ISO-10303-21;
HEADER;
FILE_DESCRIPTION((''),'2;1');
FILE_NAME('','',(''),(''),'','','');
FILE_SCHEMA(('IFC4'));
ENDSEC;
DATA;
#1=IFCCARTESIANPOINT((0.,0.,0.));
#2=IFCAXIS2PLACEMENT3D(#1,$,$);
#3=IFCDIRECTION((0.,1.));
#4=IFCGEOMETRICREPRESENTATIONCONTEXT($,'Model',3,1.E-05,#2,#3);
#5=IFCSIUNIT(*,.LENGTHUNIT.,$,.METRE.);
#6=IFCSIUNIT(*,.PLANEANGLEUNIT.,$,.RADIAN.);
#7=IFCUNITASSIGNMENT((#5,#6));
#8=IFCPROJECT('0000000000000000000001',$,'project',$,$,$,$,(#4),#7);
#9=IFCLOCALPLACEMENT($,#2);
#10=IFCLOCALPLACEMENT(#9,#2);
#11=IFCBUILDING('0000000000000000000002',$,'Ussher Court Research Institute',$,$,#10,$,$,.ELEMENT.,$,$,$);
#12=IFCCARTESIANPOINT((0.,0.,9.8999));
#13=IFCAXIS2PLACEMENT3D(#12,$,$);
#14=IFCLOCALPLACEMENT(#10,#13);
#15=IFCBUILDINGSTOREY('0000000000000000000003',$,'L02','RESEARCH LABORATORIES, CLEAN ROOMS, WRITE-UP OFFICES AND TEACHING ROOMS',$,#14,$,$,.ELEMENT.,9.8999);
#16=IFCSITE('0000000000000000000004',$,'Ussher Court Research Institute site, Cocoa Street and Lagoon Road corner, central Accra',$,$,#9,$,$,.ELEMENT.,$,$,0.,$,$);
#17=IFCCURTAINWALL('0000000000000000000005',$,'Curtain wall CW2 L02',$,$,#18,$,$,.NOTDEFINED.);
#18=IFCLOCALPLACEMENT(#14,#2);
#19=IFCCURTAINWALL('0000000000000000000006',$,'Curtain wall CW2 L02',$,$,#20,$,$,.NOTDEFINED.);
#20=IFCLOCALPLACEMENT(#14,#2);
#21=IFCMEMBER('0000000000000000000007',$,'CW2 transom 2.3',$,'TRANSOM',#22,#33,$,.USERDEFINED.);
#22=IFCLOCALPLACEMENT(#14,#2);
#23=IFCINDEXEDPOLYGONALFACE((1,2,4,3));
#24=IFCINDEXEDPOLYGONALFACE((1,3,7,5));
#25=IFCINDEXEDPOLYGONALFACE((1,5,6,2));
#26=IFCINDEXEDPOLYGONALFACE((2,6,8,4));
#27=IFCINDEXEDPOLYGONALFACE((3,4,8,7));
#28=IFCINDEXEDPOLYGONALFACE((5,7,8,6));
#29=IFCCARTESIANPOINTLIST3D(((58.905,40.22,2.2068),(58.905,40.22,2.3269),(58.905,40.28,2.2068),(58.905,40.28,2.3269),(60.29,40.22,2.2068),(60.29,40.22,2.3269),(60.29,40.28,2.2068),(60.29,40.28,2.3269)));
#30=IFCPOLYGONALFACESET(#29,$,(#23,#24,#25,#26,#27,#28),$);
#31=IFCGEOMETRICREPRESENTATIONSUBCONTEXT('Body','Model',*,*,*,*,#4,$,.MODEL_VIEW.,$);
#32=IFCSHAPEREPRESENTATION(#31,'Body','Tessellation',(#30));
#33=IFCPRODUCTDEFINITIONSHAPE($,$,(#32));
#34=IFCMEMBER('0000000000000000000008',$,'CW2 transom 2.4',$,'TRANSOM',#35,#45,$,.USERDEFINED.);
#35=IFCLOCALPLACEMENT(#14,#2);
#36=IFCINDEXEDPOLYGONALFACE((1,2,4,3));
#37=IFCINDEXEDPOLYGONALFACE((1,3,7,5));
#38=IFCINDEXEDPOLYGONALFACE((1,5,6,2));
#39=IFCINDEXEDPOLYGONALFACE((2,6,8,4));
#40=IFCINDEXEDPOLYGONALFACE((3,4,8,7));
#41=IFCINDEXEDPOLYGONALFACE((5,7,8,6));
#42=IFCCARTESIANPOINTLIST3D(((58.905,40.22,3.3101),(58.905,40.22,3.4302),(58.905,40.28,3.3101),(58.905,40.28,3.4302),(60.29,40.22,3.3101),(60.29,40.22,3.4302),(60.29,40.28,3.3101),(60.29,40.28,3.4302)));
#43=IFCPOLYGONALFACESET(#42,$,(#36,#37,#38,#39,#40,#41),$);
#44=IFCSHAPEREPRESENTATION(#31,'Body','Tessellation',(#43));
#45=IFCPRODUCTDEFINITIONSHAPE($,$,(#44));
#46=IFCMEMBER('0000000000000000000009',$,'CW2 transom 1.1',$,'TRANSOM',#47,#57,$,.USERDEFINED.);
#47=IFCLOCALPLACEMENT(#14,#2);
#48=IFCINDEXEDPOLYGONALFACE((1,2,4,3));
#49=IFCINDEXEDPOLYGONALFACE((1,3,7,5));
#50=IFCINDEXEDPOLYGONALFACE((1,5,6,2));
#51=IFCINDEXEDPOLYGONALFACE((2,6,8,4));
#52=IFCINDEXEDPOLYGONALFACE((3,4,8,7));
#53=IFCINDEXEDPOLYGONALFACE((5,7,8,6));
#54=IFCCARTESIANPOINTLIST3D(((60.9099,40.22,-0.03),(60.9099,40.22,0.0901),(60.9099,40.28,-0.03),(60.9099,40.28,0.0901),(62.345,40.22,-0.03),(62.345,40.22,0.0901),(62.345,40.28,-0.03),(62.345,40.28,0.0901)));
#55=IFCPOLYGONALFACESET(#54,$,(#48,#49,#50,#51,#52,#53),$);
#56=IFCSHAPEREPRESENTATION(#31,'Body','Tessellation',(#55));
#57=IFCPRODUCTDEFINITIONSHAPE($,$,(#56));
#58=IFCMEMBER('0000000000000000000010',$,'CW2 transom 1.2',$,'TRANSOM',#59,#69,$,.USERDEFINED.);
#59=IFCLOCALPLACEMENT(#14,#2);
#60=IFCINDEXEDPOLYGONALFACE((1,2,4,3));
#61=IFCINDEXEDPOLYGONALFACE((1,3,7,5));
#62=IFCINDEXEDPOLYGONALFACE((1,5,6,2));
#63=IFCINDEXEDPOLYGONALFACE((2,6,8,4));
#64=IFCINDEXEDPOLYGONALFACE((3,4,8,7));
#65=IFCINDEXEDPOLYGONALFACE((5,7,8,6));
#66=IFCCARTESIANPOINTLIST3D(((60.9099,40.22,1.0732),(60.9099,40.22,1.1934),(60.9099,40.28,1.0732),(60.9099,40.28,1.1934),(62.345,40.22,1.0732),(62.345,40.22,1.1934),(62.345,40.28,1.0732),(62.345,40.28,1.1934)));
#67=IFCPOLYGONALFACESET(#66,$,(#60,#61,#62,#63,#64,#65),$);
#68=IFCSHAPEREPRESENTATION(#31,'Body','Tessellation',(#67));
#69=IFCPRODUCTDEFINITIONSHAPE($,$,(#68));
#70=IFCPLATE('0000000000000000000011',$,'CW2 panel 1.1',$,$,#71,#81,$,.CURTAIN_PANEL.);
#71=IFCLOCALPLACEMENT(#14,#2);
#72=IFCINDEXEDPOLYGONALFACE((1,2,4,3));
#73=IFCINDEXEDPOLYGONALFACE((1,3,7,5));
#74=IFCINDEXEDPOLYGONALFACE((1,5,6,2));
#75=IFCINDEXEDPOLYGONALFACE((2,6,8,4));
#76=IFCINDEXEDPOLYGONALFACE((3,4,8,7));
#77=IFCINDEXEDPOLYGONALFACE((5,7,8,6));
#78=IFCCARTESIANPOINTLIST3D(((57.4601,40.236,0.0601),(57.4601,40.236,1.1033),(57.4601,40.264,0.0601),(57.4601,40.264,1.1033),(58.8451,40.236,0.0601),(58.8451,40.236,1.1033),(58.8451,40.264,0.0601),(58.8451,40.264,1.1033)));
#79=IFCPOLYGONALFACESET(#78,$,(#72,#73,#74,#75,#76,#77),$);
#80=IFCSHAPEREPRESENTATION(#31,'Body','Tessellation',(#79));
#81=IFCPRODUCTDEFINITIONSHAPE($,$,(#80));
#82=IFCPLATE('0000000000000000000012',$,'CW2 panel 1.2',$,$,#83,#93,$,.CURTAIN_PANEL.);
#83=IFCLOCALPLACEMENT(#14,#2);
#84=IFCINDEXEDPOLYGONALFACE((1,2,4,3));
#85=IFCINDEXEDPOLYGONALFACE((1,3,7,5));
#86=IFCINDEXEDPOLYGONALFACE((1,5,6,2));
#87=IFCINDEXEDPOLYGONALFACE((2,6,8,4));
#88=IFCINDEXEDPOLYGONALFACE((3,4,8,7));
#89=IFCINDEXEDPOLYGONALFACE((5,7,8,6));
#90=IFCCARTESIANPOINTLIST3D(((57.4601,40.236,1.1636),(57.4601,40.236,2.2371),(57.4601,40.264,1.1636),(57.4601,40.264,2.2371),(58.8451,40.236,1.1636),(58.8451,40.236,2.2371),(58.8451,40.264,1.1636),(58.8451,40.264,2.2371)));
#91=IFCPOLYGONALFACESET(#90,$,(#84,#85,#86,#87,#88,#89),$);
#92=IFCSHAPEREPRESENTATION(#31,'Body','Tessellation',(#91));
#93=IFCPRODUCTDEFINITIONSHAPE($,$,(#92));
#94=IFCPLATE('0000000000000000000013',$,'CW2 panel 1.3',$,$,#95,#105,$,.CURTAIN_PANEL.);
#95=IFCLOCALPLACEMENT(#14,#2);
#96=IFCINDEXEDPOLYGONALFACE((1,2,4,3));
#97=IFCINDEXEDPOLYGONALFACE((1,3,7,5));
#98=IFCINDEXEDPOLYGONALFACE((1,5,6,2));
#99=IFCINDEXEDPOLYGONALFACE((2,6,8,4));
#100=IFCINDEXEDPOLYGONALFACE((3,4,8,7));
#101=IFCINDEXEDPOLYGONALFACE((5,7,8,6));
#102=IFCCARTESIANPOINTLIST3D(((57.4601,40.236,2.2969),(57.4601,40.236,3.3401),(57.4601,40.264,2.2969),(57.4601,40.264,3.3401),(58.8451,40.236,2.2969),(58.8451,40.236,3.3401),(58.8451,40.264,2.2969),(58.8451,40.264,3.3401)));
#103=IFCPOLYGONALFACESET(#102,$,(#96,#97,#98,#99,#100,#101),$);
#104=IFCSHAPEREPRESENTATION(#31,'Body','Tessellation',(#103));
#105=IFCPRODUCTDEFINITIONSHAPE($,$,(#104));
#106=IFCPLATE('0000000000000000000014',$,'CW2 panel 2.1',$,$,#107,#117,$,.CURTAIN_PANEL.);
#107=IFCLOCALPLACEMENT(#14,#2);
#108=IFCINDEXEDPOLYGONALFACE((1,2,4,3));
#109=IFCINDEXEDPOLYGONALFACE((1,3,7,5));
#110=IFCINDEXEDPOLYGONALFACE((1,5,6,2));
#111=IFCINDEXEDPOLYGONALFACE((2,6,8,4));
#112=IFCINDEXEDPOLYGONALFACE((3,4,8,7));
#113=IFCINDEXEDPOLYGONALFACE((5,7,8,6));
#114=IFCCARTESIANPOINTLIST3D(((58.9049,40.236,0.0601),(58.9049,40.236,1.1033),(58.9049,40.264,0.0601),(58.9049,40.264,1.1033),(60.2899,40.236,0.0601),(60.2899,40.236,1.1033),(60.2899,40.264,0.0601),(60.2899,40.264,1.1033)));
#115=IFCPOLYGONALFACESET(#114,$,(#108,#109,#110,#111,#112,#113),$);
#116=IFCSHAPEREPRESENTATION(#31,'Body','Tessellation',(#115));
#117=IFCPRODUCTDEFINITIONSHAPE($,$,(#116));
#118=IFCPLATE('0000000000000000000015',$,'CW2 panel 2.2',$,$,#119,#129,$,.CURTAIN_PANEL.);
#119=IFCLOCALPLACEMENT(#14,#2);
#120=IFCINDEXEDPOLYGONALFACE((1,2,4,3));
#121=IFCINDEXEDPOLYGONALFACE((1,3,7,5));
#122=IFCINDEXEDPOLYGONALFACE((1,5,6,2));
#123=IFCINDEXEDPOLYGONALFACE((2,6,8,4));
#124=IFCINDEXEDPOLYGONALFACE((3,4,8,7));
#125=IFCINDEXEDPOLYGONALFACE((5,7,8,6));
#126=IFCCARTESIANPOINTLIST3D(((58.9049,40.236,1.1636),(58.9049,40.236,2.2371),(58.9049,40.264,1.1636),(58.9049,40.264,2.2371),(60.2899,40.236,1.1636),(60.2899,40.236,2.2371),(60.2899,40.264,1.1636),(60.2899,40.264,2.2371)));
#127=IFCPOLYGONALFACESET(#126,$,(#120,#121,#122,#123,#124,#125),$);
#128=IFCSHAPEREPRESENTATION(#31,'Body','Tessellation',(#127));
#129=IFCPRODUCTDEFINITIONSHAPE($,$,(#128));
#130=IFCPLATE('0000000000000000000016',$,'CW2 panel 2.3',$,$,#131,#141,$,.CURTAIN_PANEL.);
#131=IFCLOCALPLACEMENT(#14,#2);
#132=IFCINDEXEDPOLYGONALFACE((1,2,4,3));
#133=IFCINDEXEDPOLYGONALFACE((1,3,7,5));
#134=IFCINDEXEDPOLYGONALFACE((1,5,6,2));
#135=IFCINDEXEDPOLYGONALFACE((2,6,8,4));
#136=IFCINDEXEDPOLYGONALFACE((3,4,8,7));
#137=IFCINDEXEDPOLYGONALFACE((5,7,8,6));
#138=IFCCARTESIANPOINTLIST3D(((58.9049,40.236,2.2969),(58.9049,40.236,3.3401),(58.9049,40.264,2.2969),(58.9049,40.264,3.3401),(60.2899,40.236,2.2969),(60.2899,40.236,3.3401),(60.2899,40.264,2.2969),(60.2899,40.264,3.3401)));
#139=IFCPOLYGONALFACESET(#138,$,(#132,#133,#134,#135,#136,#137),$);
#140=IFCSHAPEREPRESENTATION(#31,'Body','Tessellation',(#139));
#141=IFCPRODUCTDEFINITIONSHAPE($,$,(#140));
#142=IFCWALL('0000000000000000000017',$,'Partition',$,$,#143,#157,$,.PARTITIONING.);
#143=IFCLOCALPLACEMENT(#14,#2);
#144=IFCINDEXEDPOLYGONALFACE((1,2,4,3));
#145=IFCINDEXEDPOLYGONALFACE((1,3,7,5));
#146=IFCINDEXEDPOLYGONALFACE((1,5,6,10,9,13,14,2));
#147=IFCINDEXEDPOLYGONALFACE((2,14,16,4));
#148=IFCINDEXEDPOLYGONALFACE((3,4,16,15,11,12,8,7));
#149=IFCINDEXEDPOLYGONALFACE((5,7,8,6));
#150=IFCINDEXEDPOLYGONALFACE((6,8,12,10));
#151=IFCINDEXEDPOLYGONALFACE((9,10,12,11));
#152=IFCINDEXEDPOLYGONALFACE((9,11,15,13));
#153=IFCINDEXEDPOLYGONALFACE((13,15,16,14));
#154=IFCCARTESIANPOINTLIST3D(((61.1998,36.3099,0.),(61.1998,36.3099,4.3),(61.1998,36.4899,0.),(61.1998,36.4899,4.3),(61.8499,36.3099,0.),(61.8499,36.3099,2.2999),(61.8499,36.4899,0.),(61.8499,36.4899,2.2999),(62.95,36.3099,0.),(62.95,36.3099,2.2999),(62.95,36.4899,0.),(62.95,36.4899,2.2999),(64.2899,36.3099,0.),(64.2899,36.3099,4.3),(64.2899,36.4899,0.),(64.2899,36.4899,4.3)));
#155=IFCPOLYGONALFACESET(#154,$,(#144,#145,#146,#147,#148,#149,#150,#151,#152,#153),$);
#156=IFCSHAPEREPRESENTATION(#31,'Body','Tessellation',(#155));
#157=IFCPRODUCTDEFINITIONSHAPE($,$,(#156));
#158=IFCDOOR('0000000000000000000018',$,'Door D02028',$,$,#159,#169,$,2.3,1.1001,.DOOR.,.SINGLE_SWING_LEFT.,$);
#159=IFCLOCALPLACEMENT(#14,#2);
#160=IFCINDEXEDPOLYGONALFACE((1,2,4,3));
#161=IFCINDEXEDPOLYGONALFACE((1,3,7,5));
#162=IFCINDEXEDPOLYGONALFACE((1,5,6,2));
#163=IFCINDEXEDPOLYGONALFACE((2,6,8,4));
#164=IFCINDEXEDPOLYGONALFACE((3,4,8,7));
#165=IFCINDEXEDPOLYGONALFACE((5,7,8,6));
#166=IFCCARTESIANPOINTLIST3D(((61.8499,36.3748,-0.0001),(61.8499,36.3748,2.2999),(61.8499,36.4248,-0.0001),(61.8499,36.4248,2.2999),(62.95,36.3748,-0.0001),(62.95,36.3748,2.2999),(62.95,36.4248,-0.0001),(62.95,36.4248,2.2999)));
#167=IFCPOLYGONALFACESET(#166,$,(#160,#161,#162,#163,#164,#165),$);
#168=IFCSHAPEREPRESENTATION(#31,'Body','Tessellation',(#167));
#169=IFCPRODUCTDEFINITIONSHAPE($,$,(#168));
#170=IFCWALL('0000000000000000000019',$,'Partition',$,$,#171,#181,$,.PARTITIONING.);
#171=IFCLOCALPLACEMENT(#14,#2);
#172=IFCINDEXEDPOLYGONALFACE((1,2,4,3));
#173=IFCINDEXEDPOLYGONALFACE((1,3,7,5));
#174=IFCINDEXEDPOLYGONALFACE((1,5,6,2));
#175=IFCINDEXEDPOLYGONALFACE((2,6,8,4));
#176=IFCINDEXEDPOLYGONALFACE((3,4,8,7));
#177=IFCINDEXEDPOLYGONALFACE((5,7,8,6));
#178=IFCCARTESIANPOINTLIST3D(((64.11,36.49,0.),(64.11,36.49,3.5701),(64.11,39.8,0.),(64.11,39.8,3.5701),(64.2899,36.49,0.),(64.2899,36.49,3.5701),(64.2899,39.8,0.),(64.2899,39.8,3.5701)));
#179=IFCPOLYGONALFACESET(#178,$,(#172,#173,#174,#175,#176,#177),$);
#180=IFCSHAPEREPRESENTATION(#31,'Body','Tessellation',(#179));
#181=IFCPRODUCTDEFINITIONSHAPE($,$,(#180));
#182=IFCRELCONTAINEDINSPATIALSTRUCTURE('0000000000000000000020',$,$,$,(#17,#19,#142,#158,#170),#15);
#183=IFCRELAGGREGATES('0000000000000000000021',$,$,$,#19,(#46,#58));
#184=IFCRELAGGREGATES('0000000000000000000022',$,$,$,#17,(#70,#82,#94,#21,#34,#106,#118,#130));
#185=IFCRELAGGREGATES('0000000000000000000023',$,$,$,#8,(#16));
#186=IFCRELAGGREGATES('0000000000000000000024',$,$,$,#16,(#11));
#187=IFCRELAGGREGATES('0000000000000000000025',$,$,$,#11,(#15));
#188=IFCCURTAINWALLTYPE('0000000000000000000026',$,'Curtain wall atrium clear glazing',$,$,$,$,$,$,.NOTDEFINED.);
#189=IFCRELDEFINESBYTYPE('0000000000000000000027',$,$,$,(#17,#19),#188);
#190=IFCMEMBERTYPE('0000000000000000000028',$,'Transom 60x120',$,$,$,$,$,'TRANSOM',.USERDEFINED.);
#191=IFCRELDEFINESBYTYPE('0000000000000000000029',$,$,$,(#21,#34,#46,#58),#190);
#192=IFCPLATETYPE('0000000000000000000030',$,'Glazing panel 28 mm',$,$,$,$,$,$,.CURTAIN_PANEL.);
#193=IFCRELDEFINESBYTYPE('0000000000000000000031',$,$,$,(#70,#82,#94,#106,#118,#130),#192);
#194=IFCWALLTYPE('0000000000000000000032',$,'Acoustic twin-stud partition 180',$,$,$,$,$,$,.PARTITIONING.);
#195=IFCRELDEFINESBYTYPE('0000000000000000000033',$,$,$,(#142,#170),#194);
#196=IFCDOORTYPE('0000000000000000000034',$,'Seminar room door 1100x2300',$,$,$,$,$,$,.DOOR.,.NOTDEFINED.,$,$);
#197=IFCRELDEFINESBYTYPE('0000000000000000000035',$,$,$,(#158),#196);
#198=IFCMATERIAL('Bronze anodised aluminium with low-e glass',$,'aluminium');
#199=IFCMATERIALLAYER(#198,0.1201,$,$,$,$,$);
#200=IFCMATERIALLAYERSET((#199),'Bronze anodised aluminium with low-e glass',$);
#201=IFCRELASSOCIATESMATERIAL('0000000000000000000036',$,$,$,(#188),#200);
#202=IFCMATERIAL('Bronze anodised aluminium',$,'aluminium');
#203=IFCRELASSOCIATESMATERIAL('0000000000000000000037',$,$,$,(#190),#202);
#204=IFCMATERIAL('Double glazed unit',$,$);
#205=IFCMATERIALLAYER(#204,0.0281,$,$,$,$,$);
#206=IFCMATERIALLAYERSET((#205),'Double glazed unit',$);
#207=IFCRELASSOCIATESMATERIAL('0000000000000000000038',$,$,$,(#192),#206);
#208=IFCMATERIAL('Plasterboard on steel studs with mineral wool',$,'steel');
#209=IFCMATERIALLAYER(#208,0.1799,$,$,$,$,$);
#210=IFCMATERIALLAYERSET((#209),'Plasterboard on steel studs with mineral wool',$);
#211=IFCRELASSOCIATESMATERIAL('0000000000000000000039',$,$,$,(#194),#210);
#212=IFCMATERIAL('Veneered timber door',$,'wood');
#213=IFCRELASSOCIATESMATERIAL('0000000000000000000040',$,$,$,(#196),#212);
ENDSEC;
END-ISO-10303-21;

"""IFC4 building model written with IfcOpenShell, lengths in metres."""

from ifc_helpers import new_model, si_unit, direction, frame, frame_2d, origin, origin_2d, place, context, subcontext, project, spatial, rectangle, extrude, material, layer, layer_set, material_profile, profile_set, type_object, element, fill, aggregate, save


model = new_model("IFC4")

# Units and contexts
model_context = context("Model", 3, precision=1e-05, world=origin(), true_north=direction((0.0, 1.0)))
body_context = subcontext(model_context, "Body", "Model", "MODEL_VIEW")
ifc_project = project(units=[si_unit("LENGTHUNIT", "METRE"), si_unit("PLANEANGLEUNIT", "RADIAN")], contexts=[model_context])

# Site, building, storey
site_placement = place(None, origin())
site = spatial("IfcSite", under=ifc_project, at=site_placement, Name="Ussher Court Research Institute site, Cocoa Street and Lagoon Road corner, central Accra", CompositionType="ELEMENT", RefElevation=0.0)
building_placement = place(site_placement, origin())
building = spatial("IfcBuilding", under=site, at=building_placement, Name="Ussher Court Research Institute", CompositionType="ELEMENT")
storey_placement = place(building_placement, frame((0.0, 0.0, 9.8999)))
storey = spatial("IfcBuildingStorey", under=building, at=storey_placement, Name="L02", Description="RESEARCH LABORATORIES, CLEAN ROOMS, WRITE-UP OFFICES AND TEACHING ROOMS", CompositionType="ELEMENT", Elevation=9.8999)

# Curtain wall
ifc_material_1 = material(Name="Bronze anodised aluminium with low-e glass", Category="aluminium")
ifc_layer_1 = layer(ifc_material_1, 0.1201)
ifc_layer_set_1 = layer_set([ifc_layer_1], Name="Bronze anodised aluminium with low-e glass")
curtain_wall_type = type_object("IfcCurtainWallType", Name="Curtain wall atrium clear glazing", PredefinedType="NOTDEFINED", material=ifc_layer_set_1)
curtain_wall_1_placement = place(storey_placement, origin())
curtain_wall_1 = element("IfcCurtainWall", 1, at=curtain_wall_1_placement, inside=storey, type_object=curtain_wall_type, Name="Curtain wall CW2 L02", PredefinedType="NOTDEFINED")

# Curtain wall
curtain_wall_2_placement = place(storey_placement, origin())
curtain_wall_2 = element("IfcCurtainWall", 2, at=curtain_wall_2_placement, inside=storey, type_object=curtain_wall_type, Name="Curtain wall CW2 L02", PredefinedType="NOTDEFINED")

# Members
ifc_material_2 = material(Name="Bronze anodised aluminium", Category="aluminium")
ifc_material_profile_1 = material_profile(ifc_material_2, rectangle(XDim=0.0601, YDim=0.1201, at=origin_2d()), Name="Transom 60x120")
ifc_profile_set_1 = profile_set([ifc_material_profile_1], Name="Bronze anodised aluminium")
member_type_1 = type_object("IfcMemberType", Name="Transom 60x120", ElementType="TRANSOM", PredefinedType="USERDEFINED", material=ifc_profile_set_1)
member_1_placement = place(storey_placement, frame((58.905, 40.25, 2.2668), z_axis=(1.0, 0.0, 0.0), x_axis=(0.0, 1.0, 0.0)))
member_1 = element("IfcMember", 3, at=member_1_placement, type_object=member_type_1, Name="CW2 transom 2.3", ObjectType="TRANSOM", PredefinedType="USERDEFINED", context=body_context, shape_type="SweptSolid", body=[
    extrude(rectangle(XDim=0.0601, YDim=0.1201, at=origin_2d()), origin(), (0.0, 0.0, 1.0), 1.385),
])
member_2_placement = place(storey_placement, frame((58.905, 40.25, 3.3701), z_axis=(1.0, 0.0, 0.0), x_axis=(0.0, 1.0, 0.0)))
member_2 = element("IfcMember", 4, at=member_2_placement, type_object=member_type_1, Name="CW2 transom 2.4", ObjectType="TRANSOM", PredefinedType="USERDEFINED", context=body_context, shape_type="SweptSolid", body=[
    extrude(rectangle(XDim=0.0601, YDim=0.1201, at=origin_2d()), origin(), (0.0, 0.0, 1.0), 1.385),
])
member_3_placement = place(storey_placement, frame((60.9099, 40.25, 0.03), z_axis=(1.0, 0.0, 0.0), x_axis=(0.0, 1.0, 0.0)))
member_3 = element("IfcMember", 5, at=member_3_placement, type_object=member_type_1, Name="CW2 transom 1.1", ObjectType="TRANSOM", PredefinedType="USERDEFINED", context=body_context, shape_type="SweptSolid", body=[
    extrude(rectangle(XDim=0.0601, YDim=0.1201, at=origin_2d()), origin(), (0.0, 0.0, 1.0), 1.4351),
])
member_4_placement = place(storey_placement, frame((60.9099, 40.25, 1.1333), z_axis=(1.0, 0.0, 0.0), x_axis=(0.0, 1.0, 0.0)))
member_4 = element("IfcMember", 6, at=member_4_placement, type_object=member_type_1, Name="CW2 transom 1.2", ObjectType="TRANSOM", PredefinedType="USERDEFINED", context=body_context, shape_type="SweptSolid", body=[
    extrude(rectangle(XDim=0.0601, YDim=0.1201, at=origin_2d()), origin(), (0.0, 0.0, 1.0), 1.4351),
])
aggregate(curtain_wall_2, [member_3, member_4])

# Plates
ifc_material_3 = material(Name="Double glazed unit")
ifc_layer_2 = layer(ifc_material_3, 0.0281)
ifc_layer_set_2 = layer_set([ifc_layer_2], Name="Double glazed unit")
plate_type = type_object("IfcPlateType", Name="Glazing panel 28 mm", PredefinedType="CURTAIN_PANEL", material=ifc_layer_set_2)
plate_1_placement = place(storey_placement, frame((58.1526, 40.25, 0.0601), z_axis=(0.0, 0.0, 1.0), x_axis=(1.0, 0.0, 0.0)))
plate_1 = element("IfcPlate", 7, at=plate_1_placement, type_object=plate_type, Name="CW2 panel 1.1", PredefinedType="CURTAIN_PANEL", context=body_context, shape_type="SweptSolid", body=[
    extrude(rectangle(XDim=1.385, YDim=0.0281, at=origin_2d()), origin(), (0.0, 0.0, 1.0), 1.0432),
])
plate_2_placement = place(storey_placement, frame((58.1526, 40.25, 1.1636), z_axis=(0.0, 0.0, 1.0), x_axis=(1.0, 0.0, 0.0)))
plate_2 = element("IfcPlate", 8, at=plate_2_placement, type_object=plate_type, Name="CW2 panel 1.2", PredefinedType="CURTAIN_PANEL", context=body_context, shape_type="SweptSolid", body=[
    extrude(rectangle(XDim=1.385, YDim=0.0281, at=origin_2d()), origin(), (0.0, 0.0, 1.0), 1.0735),
])
plate_3_placement = place(storey_placement, frame((58.1526, 40.25, 2.2969), z_axis=(0.0, 0.0, 1.0), x_axis=(1.0, 0.0, 0.0)))
plate_3 = element("IfcPlate", 9, at=plate_3_placement, type_object=plate_type, Name="CW2 panel 1.3", PredefinedType="CURTAIN_PANEL", context=body_context, shape_type="SweptSolid", body=[
    extrude(rectangle(XDim=1.385, YDim=0.0281, at=origin_2d()), origin(), (0.0, 0.0, 1.0), 1.0432),
])
plate_4_placement = place(storey_placement, frame((59.5974, 40.25, 0.0601), z_axis=(0.0, 0.0, 1.0), x_axis=(1.0, 0.0, 0.0)))
plate_4 = element("IfcPlate", 10, at=plate_4_placement, type_object=plate_type, Name="CW2 panel 2.1", PredefinedType="CURTAIN_PANEL", context=body_context, shape_type="SweptSolid", body=[
    extrude(rectangle(XDim=1.385, YDim=0.0281, at=origin_2d()), origin(), (0.0, 0.0, 1.0), 1.0432),
])
plate_5_placement = place(storey_placement, frame((59.5974, 40.25, 1.1636), z_axis=(0.0, 0.0, 1.0), x_axis=(1.0, 0.0, 0.0)))
plate_5 = element("IfcPlate", 11, at=plate_5_placement, type_object=plate_type, Name="CW2 panel 2.2", PredefinedType="CURTAIN_PANEL", context=body_context, shape_type="SweptSolid", body=[
    extrude(rectangle(XDim=1.385, YDim=0.0281, at=origin_2d()), origin(), (0.0, 0.0, 1.0), 1.0735),
])
plate_6_placement = place(storey_placement, frame((59.5974, 40.25, 2.2969), z_axis=(0.0, 0.0, 1.0), x_axis=(1.0, 0.0, 0.0)))
plate_6 = element("IfcPlate", 12, at=plate_6_placement, type_object=plate_type, Name="CW2 panel 2.3", PredefinedType="CURTAIN_PANEL", context=body_context, shape_type="SweptSolid", body=[
    extrude(rectangle(XDim=1.385, YDim=0.0281, at=origin_2d()), origin(), (0.0, 0.0, 1.0), 1.0432),
])
aggregate(curtain_wall_1, [plate_1, plate_2, plate_3, member_1, member_2, plate_4, plate_5, plate_6])

# Wall, opening, door
ifc_material_4 = material(Name="Plasterboard on steel studs with mineral wool", Category="steel")
ifc_layer_3 = layer(ifc_material_4, 0.1799)
ifc_layer_set_3 = layer_set([ifc_layer_3], Name="Plasterboard on steel studs with mineral wool")
wall_type_1 = type_object("IfcWallType", Name="Acoustic twin-stud partition 180", PredefinedType="PARTITIONING", material=ifc_layer_set_3)
wall_1_placement = place(storey_placement, frame((61.2, 36.3999, 0.0), z_axis=(0.0, 0.0, 1.0), x_axis=(1.0, 0.0, 0.0)))
wall_1 = element("IfcWall", 13, at=wall_1_placement, inside=storey, type_object=wall_type_1, Name="Partition", PredefinedType="PARTITIONING", context=body_context, shape_type="SweptSolid", body=[
    extrude(rectangle(XDim=3.0901, YDim=0.1799, at=frame_2d((1.5449, 0.0))), origin(), (0.0, 0.0, 1.0), 4.3),
])
opening_placement = place(wall_1_placement, frame((0.6499, 0.0, 0.0)))
opening = element("IfcOpeningElement", 14, at=opening_placement, cuts=wall_1, PredefinedType="OPENING", context=body_context, shape_type="SweptSolid", body=[
    extrude(rectangle(XDim=1.1001, YDim=2.3, at=frame_2d((0.55, 1.1499))), frame((0.0, 0.1001, 0.0), z_axis=(0.0, -1.0, 0.0), x_axis=(1.0, 0.0, 0.0)), (0.0, 0.0, 1.0), 0.2),
])
ifc_material_5 = material(Name="Veneered timber door", Category="wood")
door_type = type_object("IfcDoorType", Name="Seminar room door 1100x2300", OperationType="NOTDEFINED", PredefinedType="DOOR", material=ifc_material_5)
door_placement = place(opening_placement, origin())
door = element("IfcDoor", 15, at=door_placement, inside=storey, type_object=door_type, Name="Door D02028", OperationType="SINGLE_SWING_LEFT", OverallHeight=2.3, OverallWidth=1.1001, PredefinedType="DOOR", context=body_context, shape_type="SweptSolid", body=[
    extrude(rectangle(XDim=1.1001, YDim=2.3, at=frame_2d((0.55, 1.1499))), frame((0.0, 0.0249, 0.0), z_axis=(0.0, -1.0, 0.0), x_axis=(1.0, 0.0, 0.0)), (0.0, 0.0, 1.0), 0.05),
])
fill(opening, door)

# Wall
wall_2_placement = place(storey_placement, frame((64.2, 36.49, 0.0), z_axis=(0.0, 0.0, 1.0), x_axis=(0.0, 1.0, 0.0)))
element("IfcWall", 16, at=wall_2_placement, inside=storey, type_object=wall_type_1, Name="Partition", PredefinedType="PARTITIONING", context=body_context, shape_type="SweptSolid", body=[
    extrude(rectangle(XDim=3.3101, YDim=0.1799, at=frame_2d((1.655, 0.0))), origin(), (0.0, 0.0, 1.0), 3.5701),
])

save(model, "model.ifc")
